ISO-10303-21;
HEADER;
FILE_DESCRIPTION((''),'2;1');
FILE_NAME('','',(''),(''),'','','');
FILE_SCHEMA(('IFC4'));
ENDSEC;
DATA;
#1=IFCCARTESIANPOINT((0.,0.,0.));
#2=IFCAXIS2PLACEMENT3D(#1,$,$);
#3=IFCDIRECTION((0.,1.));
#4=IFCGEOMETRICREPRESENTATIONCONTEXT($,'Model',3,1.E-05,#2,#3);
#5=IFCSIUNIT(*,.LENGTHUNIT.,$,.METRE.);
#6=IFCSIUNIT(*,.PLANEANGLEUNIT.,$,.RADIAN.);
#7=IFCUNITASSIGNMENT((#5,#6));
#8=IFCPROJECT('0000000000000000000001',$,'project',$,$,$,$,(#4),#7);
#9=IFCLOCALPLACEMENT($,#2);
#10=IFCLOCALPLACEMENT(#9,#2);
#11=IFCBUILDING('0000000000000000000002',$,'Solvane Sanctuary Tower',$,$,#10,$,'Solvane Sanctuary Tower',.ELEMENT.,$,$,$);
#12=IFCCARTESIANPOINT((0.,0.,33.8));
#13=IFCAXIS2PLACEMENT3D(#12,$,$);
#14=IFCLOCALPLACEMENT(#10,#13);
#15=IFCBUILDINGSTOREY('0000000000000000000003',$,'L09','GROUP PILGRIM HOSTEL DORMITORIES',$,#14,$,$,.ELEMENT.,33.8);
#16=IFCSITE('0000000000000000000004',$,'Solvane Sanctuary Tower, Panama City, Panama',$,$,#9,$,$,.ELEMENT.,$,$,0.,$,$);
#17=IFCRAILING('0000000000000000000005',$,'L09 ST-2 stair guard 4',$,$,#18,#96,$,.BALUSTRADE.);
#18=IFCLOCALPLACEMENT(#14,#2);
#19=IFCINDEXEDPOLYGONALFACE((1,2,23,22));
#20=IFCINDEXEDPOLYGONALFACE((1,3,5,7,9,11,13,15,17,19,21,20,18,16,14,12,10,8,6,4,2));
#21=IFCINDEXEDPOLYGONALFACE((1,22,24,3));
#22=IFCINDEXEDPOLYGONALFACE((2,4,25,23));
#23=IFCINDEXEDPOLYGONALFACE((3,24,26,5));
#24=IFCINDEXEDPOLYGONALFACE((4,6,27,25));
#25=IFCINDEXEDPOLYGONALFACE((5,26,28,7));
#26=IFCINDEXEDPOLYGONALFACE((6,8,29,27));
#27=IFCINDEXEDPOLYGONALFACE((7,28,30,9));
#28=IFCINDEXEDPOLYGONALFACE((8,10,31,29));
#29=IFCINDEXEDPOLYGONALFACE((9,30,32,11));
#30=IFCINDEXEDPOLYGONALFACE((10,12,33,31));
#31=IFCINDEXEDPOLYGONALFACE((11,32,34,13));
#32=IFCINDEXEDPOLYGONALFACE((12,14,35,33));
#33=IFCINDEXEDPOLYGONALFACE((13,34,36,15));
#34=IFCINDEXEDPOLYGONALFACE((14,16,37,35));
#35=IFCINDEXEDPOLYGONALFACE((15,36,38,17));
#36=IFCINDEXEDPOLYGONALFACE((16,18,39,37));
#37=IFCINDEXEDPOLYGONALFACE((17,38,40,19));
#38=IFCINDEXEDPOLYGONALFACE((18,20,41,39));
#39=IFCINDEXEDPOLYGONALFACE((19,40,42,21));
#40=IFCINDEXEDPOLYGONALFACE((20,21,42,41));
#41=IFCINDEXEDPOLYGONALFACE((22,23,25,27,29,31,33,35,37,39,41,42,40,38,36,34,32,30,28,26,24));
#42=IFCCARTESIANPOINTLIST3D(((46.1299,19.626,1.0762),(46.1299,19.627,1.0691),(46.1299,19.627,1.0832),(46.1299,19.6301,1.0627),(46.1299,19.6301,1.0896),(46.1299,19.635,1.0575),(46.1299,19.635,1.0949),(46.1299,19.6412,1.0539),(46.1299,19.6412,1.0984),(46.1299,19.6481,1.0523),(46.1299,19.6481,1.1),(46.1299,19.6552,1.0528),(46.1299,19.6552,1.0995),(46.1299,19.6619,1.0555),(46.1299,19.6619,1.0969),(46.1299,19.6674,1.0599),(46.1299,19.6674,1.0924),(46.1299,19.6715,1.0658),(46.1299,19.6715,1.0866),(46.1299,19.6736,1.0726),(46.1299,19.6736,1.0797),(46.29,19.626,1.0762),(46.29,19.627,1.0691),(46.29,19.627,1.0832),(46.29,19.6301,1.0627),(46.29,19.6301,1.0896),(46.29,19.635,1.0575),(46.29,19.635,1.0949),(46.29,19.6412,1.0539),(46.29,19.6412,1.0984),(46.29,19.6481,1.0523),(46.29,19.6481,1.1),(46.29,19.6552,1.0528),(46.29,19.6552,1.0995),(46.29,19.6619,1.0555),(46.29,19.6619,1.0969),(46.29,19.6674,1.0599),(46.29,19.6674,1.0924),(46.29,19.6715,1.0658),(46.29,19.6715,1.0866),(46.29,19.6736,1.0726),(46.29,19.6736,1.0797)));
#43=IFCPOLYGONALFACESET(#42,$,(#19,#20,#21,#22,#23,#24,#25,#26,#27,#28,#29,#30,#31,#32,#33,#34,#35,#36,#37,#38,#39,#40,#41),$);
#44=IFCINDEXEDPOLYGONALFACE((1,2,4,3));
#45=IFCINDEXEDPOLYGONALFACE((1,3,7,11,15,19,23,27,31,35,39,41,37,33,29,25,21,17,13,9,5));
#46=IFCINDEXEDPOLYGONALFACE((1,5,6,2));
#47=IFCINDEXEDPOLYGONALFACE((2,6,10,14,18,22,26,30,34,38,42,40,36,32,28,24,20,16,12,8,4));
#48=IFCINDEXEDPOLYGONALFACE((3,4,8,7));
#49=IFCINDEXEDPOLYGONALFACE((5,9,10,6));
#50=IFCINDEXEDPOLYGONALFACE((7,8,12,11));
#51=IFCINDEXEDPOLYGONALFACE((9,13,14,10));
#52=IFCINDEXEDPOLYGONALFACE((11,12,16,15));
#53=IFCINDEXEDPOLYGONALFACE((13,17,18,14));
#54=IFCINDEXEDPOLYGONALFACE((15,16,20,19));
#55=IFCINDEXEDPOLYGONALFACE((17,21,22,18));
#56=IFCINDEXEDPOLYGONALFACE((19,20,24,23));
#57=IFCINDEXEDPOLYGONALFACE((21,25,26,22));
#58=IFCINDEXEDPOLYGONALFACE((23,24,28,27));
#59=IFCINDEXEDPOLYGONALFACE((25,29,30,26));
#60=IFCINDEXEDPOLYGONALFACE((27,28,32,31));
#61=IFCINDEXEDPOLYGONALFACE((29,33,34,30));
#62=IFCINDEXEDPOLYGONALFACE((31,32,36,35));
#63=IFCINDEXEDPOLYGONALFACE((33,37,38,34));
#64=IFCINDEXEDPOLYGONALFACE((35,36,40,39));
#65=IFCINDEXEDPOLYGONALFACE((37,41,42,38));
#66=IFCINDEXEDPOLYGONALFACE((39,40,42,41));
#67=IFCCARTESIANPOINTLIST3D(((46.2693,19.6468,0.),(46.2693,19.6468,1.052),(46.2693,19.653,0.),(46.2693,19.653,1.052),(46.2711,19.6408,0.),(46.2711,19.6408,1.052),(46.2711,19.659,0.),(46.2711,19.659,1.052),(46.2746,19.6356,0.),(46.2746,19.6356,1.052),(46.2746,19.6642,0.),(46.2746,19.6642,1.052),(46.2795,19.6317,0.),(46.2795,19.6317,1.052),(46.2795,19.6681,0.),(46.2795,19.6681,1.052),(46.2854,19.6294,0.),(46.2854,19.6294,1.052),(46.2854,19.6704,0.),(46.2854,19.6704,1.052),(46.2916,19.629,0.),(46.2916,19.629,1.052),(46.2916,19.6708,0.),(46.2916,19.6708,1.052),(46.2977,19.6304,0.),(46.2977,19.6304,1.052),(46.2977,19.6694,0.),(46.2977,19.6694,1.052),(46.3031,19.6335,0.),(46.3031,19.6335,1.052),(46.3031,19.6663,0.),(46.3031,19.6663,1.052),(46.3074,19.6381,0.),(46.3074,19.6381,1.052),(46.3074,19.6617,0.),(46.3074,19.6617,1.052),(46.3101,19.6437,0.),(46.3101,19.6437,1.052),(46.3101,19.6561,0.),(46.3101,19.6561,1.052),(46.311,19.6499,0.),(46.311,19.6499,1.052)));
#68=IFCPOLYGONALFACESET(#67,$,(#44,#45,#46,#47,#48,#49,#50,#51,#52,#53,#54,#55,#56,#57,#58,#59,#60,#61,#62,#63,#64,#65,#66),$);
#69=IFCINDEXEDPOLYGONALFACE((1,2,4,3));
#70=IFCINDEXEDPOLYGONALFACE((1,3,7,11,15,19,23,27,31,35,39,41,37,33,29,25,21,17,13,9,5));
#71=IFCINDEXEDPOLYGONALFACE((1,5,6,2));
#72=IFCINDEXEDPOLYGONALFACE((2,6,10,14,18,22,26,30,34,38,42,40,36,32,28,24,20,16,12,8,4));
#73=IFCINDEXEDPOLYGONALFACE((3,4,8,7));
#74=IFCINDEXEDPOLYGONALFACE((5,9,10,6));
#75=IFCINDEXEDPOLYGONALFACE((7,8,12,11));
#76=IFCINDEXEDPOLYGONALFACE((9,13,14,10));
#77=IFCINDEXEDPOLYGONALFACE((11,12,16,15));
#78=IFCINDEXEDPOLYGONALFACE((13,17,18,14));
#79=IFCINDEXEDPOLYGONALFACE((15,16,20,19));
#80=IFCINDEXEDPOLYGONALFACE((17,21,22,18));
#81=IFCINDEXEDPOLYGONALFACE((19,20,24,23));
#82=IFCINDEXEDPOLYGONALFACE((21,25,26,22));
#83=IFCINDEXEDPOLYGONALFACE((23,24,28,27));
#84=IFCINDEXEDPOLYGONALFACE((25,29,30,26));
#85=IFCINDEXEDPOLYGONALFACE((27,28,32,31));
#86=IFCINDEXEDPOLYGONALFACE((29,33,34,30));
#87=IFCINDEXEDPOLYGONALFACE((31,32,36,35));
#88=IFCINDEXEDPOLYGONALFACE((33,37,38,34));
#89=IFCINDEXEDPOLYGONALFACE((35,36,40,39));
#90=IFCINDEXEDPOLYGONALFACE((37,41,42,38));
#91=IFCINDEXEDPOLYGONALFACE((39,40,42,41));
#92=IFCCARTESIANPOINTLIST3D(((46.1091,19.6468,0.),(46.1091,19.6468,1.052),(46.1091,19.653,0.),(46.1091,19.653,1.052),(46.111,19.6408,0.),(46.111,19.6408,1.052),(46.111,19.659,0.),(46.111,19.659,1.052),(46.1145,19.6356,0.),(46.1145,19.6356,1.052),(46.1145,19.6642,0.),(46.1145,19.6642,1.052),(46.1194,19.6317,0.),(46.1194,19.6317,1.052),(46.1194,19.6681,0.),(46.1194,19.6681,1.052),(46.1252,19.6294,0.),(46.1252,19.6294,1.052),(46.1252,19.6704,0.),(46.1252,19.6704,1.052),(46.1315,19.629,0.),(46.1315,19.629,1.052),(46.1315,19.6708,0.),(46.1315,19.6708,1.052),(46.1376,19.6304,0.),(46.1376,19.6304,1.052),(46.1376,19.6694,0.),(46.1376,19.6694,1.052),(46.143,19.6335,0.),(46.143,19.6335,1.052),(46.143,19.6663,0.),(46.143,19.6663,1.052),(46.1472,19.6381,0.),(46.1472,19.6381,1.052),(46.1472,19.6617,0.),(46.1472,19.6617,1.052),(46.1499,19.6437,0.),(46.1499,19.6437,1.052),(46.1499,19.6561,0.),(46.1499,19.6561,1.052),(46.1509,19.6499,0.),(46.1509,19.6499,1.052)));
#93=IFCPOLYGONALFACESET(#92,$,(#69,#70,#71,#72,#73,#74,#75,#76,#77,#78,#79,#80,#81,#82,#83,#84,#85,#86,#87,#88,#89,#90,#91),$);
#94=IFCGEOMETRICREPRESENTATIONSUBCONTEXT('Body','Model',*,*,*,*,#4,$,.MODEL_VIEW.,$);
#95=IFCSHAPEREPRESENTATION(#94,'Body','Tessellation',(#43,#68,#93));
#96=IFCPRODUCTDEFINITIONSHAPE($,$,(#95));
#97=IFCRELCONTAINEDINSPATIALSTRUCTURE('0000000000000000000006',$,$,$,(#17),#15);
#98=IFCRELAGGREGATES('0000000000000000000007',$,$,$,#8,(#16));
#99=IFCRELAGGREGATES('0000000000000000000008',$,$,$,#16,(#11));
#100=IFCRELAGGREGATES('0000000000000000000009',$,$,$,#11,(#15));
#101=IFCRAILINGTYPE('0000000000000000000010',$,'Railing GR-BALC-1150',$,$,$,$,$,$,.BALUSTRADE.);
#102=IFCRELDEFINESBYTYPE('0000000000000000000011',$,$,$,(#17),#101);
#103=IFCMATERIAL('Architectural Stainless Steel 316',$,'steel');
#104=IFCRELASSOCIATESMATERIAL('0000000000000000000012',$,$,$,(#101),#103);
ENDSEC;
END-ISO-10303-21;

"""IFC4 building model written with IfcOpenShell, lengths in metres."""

from ifc_helpers import new_model, si_unit, direction, frame, origin, origin_2d, place, context, subcontext, project, spatial, circle, extrude, material, type_object, element, save


model = new_model("IFC4")

# Units and contexts
model_context = context("Model", 3, precision=1e-05, world=origin(), true_north=direction((0.0, 1.0)))
body_context = subcontext(model_context, "Body", "Model", "MODEL_VIEW")
ifc_project = project(units=[si_unit("LENGTHUNIT", "METRE"), si_unit("PLANEANGLEUNIT", "RADIAN")], contexts=[model_context])

# Site, building, storey
site_placement = place(None, origin())
site = spatial("IfcSite", under=ifc_project, at=site_placement, Name="Solvane Sanctuary Tower, Panama City, Panama", CompositionType="ELEMENT", RefElevation=0.0)
building_placement = place(site_placement, origin())
building = spatial("IfcBuilding", under=site, at=building_placement, Name="Solvane Sanctuary Tower", LongName="Solvane Sanctuary Tower", CompositionType="ELEMENT")
storey_placement = place(building_placement, frame((0.0, 0.0, 33.8)))
storey = spatial("IfcBuildingStorey", under=building, at=storey_placement, Name="L09", Description="GROUP PILGRIM HOSTEL DORMITORIES", CompositionType="ELEMENT", Elevation=33.8)

# Shared definitions
ifc_material_1 = material(Name="Architectural Stainless Steel 316", Category="steel")

# Railing
railing_type_1 = type_object("IfcRailingType", Name="Railing GR-BALC-1150", PredefinedType="BALUSTRADE", material=ifc_material_1)
railing_1_placement = place(storey_placement, frame((46.29, 19.6499, 0.0)))
element("IfcRailing", 1, at=railing_1_placement, inside=storey, type_object=railing_type_1, Name="L09 ST-2 stair guard 4", PredefinedType="BALUSTRADE", context=body_context, shape_type="SweptSolid", body=[
    extrude(circle(Radius=0.0239, at=origin_2d()), frame((0.0, 0.0, 1.0762), z_axis=(-1.0, 0.0, 0.0), x_axis=(0.0, -1.0, 0.0)), (0.0, 0.0, 1.0), 0.1602),
    extrude(circle(Radius=0.021, at=origin_2d()), origin(), (0.0, 0.0, 1.0), 1.052),
    extrude(circle(Radius=0.021, at=origin_2d()), frame((-0.1602, 0.0, 0.0)), (0.0, 0.0, 1.0), 1.052),
])

save(model, "model.ifc")
